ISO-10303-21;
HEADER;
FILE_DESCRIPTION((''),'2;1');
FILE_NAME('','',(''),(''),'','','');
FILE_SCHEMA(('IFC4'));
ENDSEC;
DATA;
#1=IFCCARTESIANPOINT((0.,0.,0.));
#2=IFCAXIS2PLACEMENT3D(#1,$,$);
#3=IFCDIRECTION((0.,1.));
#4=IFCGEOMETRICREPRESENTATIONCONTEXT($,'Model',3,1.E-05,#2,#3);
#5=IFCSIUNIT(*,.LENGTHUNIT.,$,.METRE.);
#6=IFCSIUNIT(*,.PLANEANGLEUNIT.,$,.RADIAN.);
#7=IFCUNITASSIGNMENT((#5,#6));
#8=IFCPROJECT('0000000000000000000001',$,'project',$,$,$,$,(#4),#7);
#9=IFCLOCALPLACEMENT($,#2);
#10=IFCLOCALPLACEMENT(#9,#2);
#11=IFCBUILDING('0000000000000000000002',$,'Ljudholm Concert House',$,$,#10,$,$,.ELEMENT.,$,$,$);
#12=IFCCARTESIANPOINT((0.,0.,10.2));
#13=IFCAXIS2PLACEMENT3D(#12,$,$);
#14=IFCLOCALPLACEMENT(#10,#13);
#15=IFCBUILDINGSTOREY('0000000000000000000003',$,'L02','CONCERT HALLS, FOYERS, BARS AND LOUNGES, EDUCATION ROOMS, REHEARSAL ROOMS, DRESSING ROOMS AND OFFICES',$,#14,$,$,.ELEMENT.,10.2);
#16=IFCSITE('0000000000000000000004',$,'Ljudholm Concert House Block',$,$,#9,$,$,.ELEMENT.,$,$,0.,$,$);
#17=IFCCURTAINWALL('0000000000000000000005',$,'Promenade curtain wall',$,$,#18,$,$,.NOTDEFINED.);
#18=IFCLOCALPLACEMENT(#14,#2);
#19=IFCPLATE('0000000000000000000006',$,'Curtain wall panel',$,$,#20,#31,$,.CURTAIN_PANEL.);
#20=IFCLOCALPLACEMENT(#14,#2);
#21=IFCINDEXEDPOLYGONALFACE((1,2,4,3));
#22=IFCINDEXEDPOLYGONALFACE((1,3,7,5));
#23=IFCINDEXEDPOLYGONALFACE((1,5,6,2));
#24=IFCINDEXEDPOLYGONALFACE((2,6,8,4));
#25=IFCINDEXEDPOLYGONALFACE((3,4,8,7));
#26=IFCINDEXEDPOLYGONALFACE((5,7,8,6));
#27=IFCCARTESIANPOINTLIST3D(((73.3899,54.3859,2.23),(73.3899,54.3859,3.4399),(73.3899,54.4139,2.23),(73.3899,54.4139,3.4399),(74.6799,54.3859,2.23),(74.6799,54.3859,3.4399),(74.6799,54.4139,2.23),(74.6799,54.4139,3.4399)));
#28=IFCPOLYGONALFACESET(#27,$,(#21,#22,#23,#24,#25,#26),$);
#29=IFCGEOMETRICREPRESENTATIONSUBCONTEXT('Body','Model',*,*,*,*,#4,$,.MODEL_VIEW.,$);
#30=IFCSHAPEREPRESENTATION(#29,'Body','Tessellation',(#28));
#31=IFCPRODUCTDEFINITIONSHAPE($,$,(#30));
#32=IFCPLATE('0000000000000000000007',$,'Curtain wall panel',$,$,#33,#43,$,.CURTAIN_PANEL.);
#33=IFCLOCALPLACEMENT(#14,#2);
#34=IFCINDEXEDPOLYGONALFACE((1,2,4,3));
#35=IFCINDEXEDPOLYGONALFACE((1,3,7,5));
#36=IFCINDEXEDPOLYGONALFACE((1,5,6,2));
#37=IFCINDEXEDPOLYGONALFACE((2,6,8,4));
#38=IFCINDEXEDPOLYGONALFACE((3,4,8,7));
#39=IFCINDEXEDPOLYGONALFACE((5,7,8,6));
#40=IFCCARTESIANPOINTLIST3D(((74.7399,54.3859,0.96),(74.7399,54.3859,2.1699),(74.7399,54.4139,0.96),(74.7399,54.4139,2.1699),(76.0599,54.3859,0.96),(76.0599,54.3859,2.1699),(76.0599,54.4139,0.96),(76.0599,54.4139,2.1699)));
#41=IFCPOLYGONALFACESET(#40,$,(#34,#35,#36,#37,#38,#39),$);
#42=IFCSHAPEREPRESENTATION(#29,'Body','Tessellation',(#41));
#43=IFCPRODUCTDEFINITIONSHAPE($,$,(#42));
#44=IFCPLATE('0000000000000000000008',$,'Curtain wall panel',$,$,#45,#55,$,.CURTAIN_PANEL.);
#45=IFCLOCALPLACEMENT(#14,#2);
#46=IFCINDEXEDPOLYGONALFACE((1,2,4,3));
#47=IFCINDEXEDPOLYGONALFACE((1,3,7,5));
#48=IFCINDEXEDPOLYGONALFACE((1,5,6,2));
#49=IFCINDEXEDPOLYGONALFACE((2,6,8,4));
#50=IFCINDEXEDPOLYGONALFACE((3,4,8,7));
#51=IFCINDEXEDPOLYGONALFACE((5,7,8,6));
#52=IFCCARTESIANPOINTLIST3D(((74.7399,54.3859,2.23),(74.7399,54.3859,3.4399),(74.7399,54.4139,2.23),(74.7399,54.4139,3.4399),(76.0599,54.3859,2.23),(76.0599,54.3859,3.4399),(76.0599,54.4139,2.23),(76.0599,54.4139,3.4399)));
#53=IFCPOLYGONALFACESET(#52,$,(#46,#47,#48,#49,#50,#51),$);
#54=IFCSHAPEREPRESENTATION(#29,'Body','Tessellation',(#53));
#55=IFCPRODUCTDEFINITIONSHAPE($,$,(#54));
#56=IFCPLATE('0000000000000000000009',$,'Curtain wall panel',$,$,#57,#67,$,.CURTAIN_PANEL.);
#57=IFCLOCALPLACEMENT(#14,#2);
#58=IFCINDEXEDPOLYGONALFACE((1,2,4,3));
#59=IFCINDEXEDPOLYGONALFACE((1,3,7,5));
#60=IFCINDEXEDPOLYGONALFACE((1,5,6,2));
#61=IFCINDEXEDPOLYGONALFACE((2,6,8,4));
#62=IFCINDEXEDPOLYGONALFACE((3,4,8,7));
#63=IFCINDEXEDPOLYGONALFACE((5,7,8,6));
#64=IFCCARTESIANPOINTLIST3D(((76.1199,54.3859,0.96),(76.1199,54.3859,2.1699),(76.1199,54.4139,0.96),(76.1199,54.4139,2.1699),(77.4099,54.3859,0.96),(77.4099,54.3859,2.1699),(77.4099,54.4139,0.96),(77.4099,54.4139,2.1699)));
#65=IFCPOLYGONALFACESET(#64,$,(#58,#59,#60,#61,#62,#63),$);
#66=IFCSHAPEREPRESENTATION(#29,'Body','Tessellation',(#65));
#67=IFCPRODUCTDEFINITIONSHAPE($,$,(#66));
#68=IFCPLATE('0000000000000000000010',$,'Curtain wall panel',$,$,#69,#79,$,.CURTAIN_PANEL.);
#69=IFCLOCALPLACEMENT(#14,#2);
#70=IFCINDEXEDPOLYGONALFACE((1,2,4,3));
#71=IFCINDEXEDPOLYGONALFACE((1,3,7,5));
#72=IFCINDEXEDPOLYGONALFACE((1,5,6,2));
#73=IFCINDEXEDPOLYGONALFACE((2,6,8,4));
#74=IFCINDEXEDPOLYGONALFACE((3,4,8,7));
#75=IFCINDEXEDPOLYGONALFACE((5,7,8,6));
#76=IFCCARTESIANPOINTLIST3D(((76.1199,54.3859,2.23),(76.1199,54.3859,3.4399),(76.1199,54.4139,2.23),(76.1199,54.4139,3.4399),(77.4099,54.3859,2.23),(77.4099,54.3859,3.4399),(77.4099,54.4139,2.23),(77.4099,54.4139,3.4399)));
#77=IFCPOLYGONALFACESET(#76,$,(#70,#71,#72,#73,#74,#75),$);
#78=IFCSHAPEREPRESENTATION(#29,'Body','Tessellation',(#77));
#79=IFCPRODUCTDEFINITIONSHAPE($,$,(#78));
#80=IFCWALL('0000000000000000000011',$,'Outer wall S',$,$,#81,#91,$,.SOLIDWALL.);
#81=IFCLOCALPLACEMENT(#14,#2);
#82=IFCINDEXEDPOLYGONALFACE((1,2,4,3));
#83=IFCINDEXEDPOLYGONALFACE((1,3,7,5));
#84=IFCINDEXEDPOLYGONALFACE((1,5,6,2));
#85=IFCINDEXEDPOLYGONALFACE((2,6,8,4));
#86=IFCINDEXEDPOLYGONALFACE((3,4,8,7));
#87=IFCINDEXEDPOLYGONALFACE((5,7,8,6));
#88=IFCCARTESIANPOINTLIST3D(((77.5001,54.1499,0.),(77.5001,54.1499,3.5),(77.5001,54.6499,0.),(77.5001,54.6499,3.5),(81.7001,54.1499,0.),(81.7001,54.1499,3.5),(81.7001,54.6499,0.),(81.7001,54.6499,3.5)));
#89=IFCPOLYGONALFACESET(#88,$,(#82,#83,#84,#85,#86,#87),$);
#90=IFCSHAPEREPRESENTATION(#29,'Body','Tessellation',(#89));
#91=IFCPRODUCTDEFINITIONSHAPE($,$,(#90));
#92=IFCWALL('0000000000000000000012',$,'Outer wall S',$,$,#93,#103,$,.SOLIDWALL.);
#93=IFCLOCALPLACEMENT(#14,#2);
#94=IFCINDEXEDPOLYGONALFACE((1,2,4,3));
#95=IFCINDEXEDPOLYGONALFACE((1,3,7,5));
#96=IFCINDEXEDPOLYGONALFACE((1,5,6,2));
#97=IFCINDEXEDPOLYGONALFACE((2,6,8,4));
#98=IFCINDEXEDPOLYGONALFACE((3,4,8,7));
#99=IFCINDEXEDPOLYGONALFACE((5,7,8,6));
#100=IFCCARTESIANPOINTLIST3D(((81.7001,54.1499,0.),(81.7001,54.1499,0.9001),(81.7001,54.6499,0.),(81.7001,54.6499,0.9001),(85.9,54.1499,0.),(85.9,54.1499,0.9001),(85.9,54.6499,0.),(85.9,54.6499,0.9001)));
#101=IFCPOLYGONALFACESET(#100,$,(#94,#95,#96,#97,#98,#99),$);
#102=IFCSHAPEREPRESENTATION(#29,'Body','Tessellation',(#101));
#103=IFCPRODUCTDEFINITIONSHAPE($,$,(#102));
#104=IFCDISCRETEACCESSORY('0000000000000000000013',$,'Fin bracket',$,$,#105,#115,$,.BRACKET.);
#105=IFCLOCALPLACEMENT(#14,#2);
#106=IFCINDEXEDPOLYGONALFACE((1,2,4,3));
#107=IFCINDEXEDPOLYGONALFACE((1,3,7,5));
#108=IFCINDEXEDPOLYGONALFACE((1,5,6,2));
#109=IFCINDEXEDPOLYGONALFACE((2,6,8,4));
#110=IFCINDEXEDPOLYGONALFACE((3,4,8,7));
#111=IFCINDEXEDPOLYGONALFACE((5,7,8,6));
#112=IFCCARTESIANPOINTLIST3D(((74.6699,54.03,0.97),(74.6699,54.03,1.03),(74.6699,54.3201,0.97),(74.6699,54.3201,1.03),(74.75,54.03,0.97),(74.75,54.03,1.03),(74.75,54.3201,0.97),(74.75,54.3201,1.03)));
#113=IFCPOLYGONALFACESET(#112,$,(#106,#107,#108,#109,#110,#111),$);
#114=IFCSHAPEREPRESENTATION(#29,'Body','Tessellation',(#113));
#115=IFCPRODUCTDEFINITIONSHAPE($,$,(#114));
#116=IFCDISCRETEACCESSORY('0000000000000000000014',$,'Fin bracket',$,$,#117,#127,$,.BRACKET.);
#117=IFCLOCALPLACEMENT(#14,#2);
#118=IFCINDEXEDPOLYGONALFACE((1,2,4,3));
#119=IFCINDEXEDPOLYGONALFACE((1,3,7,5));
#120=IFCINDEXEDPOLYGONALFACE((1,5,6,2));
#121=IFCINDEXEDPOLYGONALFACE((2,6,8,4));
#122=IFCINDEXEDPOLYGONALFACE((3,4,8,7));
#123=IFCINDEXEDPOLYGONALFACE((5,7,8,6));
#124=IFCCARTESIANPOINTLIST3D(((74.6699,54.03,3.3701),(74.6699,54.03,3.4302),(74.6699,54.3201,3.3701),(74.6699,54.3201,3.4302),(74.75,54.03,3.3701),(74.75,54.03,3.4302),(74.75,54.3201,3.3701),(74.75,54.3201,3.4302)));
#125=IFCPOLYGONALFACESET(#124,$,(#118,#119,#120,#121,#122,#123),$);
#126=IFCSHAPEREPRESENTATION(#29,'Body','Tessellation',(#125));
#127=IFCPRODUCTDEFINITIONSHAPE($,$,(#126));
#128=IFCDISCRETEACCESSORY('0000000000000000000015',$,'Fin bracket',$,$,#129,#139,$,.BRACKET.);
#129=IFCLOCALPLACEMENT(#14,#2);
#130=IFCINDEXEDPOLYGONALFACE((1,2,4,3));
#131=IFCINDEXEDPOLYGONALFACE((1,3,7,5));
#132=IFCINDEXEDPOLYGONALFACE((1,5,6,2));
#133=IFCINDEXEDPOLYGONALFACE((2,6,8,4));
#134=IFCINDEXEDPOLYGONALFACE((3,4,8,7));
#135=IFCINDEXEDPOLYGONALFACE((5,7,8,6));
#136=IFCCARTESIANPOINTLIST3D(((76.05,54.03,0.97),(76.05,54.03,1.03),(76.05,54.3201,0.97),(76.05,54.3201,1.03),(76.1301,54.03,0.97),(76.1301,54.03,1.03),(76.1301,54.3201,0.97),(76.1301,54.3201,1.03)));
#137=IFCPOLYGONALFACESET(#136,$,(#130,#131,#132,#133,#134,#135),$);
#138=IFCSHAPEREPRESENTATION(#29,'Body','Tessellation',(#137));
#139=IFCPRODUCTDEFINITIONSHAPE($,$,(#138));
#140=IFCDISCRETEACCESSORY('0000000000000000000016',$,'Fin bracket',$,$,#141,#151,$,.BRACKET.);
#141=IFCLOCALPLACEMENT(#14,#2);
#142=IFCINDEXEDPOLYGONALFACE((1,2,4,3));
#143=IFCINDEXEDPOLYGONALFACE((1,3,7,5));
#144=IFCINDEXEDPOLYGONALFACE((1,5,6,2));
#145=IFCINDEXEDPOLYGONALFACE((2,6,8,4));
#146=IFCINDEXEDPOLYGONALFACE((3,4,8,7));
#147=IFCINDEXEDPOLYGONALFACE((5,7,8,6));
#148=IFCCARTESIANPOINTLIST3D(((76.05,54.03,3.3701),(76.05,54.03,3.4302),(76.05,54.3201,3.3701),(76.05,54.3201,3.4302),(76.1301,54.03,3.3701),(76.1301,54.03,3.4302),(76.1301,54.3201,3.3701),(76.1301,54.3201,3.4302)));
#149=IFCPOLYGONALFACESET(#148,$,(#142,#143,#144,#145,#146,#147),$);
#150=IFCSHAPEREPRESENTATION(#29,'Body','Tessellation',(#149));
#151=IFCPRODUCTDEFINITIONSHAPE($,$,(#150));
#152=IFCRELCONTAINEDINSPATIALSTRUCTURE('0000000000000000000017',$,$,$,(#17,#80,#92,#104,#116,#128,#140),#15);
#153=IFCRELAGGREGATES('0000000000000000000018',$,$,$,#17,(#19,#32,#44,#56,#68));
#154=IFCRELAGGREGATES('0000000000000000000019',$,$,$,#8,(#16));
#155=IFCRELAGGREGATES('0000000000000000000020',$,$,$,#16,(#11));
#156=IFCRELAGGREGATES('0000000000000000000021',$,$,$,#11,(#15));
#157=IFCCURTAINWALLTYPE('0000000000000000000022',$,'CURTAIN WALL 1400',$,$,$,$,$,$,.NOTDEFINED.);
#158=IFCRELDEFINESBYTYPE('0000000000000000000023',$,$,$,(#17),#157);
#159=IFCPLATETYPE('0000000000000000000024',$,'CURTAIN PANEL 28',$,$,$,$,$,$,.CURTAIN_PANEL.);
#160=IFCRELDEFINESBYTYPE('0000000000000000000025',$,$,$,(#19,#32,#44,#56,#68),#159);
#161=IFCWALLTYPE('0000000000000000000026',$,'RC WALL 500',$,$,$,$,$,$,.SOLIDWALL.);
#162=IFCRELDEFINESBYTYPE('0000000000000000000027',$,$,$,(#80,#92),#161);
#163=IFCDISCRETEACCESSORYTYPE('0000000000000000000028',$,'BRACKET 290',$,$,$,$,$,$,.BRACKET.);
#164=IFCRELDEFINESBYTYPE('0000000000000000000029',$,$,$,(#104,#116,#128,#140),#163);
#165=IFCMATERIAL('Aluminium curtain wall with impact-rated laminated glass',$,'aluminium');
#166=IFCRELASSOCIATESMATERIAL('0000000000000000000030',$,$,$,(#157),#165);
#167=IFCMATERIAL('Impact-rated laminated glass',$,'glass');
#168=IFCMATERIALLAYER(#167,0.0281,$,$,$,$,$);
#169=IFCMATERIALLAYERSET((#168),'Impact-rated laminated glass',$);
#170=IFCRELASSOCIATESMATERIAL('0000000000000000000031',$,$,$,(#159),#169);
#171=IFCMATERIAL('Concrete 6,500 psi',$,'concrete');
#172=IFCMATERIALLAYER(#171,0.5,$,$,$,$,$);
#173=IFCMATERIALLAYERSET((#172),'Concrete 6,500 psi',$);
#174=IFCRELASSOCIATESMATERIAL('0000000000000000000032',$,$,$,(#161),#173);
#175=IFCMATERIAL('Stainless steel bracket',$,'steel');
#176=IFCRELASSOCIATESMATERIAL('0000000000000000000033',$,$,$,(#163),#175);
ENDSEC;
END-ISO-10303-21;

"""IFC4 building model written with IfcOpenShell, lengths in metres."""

from ifc_helpers import new_model, si_unit, direction, frame, frame_2d, origin, origin_2d, place, context, subcontext, project, spatial, rectangle, extrude, material, layer, layer_set, type_object, element, aggregate, save


model = new_model("IFC4")

# Units and contexts
model_context = context("Model", 3, precision=1e-05, world=origin(), true_north=direction((0.0, 1.0)))
body_context = subcontext(model_context, "Body", "Model", "MODEL_VIEW")
ifc_project = project(units=[si_unit("LENGTHUNIT", "METRE"), si_unit("PLANEANGLEUNIT", "RADIAN")], contexts=[model_context])

# Site, building, storey
site_placement = place(None, origin())
site = spatial("IfcSite", under=ifc_project, at=site_placement, Name="Ljudholm Concert House Block", CompositionType="ELEMENT", RefElevation=0.0)
building_placement = place(site_placement, origin())
building = spatial("IfcBuilding", under=site, at=building_placement, Name="Ljudholm Concert House", CompositionType="ELEMENT")
storey_placement = place(building_placement, frame((0.0, 0.0, 10.2)))
storey = spatial("IfcBuildingStorey", under=building, at=storey_placement, Name="L02", Description="CONCERT HALLS, FOYERS, BARS AND LOUNGES, EDUCATION ROOMS, REHEARSAL ROOMS, DRESSING ROOMS AND OFFICES", CompositionType="ELEMENT", Elevation=10.2)

# Curtain wall
ifc_material_1 = material(Name="Aluminium curtain wall with impact-rated laminated glass", Category="aluminium")
curtain_wall_type = type_object("IfcCurtainWallType", Name="CURTAIN WALL 1400", PredefinedType="NOTDEFINED", material=ifc_material_1)
curtain_wall_1_placement = place(storey_placement, origin())
curtain_wall_1 = element("IfcCurtainWall", 1, at=curtain_wall_1_placement, inside=storey, type_object=curtain_wall_type, Name="Promenade curtain wall", PredefinedType="NOTDEFINED")

# Plates
ifc_material_2 = material(Name="Impact-rated laminated glass", Category="glass")
ifc_layer_1 = layer(ifc_material_2, 0.0281)
ifc_layer_set_1 = layer_set([ifc_layer_1], Name="Impact-rated laminated glass")
plate_type = type_object("IfcPlateType", Name="CURTAIN PANEL 28", PredefinedType="CURTAIN_PANEL", material=ifc_layer_set_1)
plate_1_placement = place(storey_placement, frame((74.0349, 54.3999, 2.23), z_axis=(0.0, 0.0, 1.0), x_axis=(1.0, 0.0, 0.0)))
plate_1 = element("IfcPlate", 2, at=plate_1_placement, type_object=plate_type, Name="Curtain wall panel", PredefinedType="CURTAIN_PANEL", context=body_context, shape_type="SweptSolid", body=[
    extrude(rectangle(XDim=1.29, YDim=0.0281, at=origin_2d()), origin(), (0.0, 0.0, 1.0), 1.21),
])
plate_2_placement = place(storey_placement, frame((75.3999, 54.3999, 0.96), z_axis=(0.0, 0.0, 1.0), x_axis=(1.0, 0.0, 0.0)))
plate_2 = element("IfcPlate", 3, at=plate_2_placement, type_object=plate_type, Name="Curtain wall panel", PredefinedType="CURTAIN_PANEL", context=body_context, shape_type="SweptSolid", body=[
    extrude(rectangle(XDim=1.3201, YDim=0.0281, at=origin_2d()), origin(), (0.0, 0.0, 1.0), 1.21),
])
plate_3_placement = place(storey_placement, frame((75.3999, 54.3999, 2.23), z_axis=(0.0, 0.0, 1.0), x_axis=(1.0, 0.0, 0.0)))
plate_3 = element("IfcPlate", 4, at=plate_3_placement, type_object=plate_type, Name="Curtain wall panel", PredefinedType="CURTAIN_PANEL", context=body_context, shape_type="SweptSolid", body=[
    extrude(rectangle(XDim=1.3201, YDim=0.0281, at=origin_2d()), origin(), (0.0, 0.0, 1.0), 1.21),
])
plate_4_placement = place(storey_placement, frame((76.7649, 54.3999, 0.96), z_axis=(0.0, 0.0, 1.0), x_axis=(1.0, 0.0, 0.0)))
plate_4 = element("IfcPlate", 5, at=plate_4_placement, type_object=plate_type, Name="Curtain wall panel", PredefinedType="CURTAIN_PANEL", context=body_context, shape_type="SweptSolid", body=[
    extrude(rectangle(XDim=1.29, YDim=0.0281, at=origin_2d()), origin(), (0.0, 0.0, 1.0), 1.21),
])
plate_5_placement = place(storey_placement, frame((76.7649, 54.3999, 2.23), z_axis=(0.0, 0.0, 1.0), x_axis=(1.0, 0.0, 0.0)))
plate_5 = element("IfcPlate", 6, at=plate_5_placement, type_object=plate_type, Name="Curtain wall panel", PredefinedType="CURTAIN_PANEL", context=body_context, shape_type="SweptSolid", body=[
    extrude(rectangle(XDim=1.29, YDim=0.0281, at=origin_2d()), origin(), (0.0, 0.0, 1.0), 1.21),
])
aggregate(curtain_wall_1, [plate_1, plate_2, plate_3, plate_4, plate_5])

# Walls
ifc_material_3 = material(Name="Concrete 6,500 psi", Category="concrete")
ifc_layer_2 = layer(ifc_material_3, 0.5)
ifc_layer_set_2 = layer_set([ifc_layer_2], Name="Concrete 6,500 psi")
wall_type = type_object("IfcWallType", Name="RC WALL 500", PredefinedType="SOLIDWALL", material=ifc_layer_set_2)
wall_1_placement = place(storey_placement, frame((77.5, 54.3999, 0.0), z_axis=(0.0, 0.0, 1.0), x_axis=(1.0, 0.0, 0.0)))
element("IfcWall", 7, at=wall_1_placement, inside=storey, type_object=wall_type, Name="Outer wall S", PredefinedType="SOLIDWALL", context=body_context, shape_type="SweptSolid", body=[
    extrude(rectangle(XDim=4.2, YDim=0.5, at=frame_2d((2.1001, 0.0))), origin(), (0.0, 0.0, 1.0), 3.5),
])
wall_2_placement = place(storey_placement, frame((81.7, 54.3999, 0.0), z_axis=(0.0, 0.0, 1.0), x_axis=(1.0, 0.0, 0.0)))
element("IfcWall", 8, at=wall_2_placement, inside=storey, type_object=wall_type, Name="Outer wall S", PredefinedType="SOLIDWALL", context=body_context, shape_type="SweptSolid", body=[
    extrude(rectangle(XDim=4.2, YDim=0.5, at=frame_2d((2.1001, 0.0))), origin(), (0.0, 0.0, 1.0), 0.9001),
])

# Discrete accessories
ifc_material_4 = material(Name="Stainless steel bracket", Category="steel")
discrete_accessory_type = type_object("IfcDiscreteAccessoryType", Name="BRACKET 290", PredefinedType="BRACKET", material=ifc_material_4)
for number, where, z_axis, x_axis, name in (
    (9, (74.71, 54.175, 0.97), (0.0, 0.0, 1.0), (0.0, -1.0, 0.0), "Fin bracket"),
    (10, (74.71, 54.175, 3.3701), (0.0, 0.0, 1.0), (0.0, -1.0, 0.0), "Fin bracket"),
    (11, (76.0901, 54.175, 0.97), (0.0, 0.0, 1.0), (0.0, -1.0, 0.0), "Fin bracket"),
    (12, (76.0901, 54.175, 3.3701), (0.0, 0.0, 1.0), (0.0, -1.0, 0.0), "Fin bracket"),
):
    element("IfcDiscreteAccessory", number, at=place(storey_placement, frame(where, z_axis=z_axis, x_axis=x_axis)), inside=storey, type_object=discrete_accessory_type, Name=name, PredefinedType="BRACKET", context=body_context, shape_type="SweptSolid", body=[
        extrude(rectangle(XDim=0.29, YDim=0.0801, at=origin_2d()), origin(), (0.0, 0.0, 1.0), 0.0601),
    ])

save(model, "model.ifc")
